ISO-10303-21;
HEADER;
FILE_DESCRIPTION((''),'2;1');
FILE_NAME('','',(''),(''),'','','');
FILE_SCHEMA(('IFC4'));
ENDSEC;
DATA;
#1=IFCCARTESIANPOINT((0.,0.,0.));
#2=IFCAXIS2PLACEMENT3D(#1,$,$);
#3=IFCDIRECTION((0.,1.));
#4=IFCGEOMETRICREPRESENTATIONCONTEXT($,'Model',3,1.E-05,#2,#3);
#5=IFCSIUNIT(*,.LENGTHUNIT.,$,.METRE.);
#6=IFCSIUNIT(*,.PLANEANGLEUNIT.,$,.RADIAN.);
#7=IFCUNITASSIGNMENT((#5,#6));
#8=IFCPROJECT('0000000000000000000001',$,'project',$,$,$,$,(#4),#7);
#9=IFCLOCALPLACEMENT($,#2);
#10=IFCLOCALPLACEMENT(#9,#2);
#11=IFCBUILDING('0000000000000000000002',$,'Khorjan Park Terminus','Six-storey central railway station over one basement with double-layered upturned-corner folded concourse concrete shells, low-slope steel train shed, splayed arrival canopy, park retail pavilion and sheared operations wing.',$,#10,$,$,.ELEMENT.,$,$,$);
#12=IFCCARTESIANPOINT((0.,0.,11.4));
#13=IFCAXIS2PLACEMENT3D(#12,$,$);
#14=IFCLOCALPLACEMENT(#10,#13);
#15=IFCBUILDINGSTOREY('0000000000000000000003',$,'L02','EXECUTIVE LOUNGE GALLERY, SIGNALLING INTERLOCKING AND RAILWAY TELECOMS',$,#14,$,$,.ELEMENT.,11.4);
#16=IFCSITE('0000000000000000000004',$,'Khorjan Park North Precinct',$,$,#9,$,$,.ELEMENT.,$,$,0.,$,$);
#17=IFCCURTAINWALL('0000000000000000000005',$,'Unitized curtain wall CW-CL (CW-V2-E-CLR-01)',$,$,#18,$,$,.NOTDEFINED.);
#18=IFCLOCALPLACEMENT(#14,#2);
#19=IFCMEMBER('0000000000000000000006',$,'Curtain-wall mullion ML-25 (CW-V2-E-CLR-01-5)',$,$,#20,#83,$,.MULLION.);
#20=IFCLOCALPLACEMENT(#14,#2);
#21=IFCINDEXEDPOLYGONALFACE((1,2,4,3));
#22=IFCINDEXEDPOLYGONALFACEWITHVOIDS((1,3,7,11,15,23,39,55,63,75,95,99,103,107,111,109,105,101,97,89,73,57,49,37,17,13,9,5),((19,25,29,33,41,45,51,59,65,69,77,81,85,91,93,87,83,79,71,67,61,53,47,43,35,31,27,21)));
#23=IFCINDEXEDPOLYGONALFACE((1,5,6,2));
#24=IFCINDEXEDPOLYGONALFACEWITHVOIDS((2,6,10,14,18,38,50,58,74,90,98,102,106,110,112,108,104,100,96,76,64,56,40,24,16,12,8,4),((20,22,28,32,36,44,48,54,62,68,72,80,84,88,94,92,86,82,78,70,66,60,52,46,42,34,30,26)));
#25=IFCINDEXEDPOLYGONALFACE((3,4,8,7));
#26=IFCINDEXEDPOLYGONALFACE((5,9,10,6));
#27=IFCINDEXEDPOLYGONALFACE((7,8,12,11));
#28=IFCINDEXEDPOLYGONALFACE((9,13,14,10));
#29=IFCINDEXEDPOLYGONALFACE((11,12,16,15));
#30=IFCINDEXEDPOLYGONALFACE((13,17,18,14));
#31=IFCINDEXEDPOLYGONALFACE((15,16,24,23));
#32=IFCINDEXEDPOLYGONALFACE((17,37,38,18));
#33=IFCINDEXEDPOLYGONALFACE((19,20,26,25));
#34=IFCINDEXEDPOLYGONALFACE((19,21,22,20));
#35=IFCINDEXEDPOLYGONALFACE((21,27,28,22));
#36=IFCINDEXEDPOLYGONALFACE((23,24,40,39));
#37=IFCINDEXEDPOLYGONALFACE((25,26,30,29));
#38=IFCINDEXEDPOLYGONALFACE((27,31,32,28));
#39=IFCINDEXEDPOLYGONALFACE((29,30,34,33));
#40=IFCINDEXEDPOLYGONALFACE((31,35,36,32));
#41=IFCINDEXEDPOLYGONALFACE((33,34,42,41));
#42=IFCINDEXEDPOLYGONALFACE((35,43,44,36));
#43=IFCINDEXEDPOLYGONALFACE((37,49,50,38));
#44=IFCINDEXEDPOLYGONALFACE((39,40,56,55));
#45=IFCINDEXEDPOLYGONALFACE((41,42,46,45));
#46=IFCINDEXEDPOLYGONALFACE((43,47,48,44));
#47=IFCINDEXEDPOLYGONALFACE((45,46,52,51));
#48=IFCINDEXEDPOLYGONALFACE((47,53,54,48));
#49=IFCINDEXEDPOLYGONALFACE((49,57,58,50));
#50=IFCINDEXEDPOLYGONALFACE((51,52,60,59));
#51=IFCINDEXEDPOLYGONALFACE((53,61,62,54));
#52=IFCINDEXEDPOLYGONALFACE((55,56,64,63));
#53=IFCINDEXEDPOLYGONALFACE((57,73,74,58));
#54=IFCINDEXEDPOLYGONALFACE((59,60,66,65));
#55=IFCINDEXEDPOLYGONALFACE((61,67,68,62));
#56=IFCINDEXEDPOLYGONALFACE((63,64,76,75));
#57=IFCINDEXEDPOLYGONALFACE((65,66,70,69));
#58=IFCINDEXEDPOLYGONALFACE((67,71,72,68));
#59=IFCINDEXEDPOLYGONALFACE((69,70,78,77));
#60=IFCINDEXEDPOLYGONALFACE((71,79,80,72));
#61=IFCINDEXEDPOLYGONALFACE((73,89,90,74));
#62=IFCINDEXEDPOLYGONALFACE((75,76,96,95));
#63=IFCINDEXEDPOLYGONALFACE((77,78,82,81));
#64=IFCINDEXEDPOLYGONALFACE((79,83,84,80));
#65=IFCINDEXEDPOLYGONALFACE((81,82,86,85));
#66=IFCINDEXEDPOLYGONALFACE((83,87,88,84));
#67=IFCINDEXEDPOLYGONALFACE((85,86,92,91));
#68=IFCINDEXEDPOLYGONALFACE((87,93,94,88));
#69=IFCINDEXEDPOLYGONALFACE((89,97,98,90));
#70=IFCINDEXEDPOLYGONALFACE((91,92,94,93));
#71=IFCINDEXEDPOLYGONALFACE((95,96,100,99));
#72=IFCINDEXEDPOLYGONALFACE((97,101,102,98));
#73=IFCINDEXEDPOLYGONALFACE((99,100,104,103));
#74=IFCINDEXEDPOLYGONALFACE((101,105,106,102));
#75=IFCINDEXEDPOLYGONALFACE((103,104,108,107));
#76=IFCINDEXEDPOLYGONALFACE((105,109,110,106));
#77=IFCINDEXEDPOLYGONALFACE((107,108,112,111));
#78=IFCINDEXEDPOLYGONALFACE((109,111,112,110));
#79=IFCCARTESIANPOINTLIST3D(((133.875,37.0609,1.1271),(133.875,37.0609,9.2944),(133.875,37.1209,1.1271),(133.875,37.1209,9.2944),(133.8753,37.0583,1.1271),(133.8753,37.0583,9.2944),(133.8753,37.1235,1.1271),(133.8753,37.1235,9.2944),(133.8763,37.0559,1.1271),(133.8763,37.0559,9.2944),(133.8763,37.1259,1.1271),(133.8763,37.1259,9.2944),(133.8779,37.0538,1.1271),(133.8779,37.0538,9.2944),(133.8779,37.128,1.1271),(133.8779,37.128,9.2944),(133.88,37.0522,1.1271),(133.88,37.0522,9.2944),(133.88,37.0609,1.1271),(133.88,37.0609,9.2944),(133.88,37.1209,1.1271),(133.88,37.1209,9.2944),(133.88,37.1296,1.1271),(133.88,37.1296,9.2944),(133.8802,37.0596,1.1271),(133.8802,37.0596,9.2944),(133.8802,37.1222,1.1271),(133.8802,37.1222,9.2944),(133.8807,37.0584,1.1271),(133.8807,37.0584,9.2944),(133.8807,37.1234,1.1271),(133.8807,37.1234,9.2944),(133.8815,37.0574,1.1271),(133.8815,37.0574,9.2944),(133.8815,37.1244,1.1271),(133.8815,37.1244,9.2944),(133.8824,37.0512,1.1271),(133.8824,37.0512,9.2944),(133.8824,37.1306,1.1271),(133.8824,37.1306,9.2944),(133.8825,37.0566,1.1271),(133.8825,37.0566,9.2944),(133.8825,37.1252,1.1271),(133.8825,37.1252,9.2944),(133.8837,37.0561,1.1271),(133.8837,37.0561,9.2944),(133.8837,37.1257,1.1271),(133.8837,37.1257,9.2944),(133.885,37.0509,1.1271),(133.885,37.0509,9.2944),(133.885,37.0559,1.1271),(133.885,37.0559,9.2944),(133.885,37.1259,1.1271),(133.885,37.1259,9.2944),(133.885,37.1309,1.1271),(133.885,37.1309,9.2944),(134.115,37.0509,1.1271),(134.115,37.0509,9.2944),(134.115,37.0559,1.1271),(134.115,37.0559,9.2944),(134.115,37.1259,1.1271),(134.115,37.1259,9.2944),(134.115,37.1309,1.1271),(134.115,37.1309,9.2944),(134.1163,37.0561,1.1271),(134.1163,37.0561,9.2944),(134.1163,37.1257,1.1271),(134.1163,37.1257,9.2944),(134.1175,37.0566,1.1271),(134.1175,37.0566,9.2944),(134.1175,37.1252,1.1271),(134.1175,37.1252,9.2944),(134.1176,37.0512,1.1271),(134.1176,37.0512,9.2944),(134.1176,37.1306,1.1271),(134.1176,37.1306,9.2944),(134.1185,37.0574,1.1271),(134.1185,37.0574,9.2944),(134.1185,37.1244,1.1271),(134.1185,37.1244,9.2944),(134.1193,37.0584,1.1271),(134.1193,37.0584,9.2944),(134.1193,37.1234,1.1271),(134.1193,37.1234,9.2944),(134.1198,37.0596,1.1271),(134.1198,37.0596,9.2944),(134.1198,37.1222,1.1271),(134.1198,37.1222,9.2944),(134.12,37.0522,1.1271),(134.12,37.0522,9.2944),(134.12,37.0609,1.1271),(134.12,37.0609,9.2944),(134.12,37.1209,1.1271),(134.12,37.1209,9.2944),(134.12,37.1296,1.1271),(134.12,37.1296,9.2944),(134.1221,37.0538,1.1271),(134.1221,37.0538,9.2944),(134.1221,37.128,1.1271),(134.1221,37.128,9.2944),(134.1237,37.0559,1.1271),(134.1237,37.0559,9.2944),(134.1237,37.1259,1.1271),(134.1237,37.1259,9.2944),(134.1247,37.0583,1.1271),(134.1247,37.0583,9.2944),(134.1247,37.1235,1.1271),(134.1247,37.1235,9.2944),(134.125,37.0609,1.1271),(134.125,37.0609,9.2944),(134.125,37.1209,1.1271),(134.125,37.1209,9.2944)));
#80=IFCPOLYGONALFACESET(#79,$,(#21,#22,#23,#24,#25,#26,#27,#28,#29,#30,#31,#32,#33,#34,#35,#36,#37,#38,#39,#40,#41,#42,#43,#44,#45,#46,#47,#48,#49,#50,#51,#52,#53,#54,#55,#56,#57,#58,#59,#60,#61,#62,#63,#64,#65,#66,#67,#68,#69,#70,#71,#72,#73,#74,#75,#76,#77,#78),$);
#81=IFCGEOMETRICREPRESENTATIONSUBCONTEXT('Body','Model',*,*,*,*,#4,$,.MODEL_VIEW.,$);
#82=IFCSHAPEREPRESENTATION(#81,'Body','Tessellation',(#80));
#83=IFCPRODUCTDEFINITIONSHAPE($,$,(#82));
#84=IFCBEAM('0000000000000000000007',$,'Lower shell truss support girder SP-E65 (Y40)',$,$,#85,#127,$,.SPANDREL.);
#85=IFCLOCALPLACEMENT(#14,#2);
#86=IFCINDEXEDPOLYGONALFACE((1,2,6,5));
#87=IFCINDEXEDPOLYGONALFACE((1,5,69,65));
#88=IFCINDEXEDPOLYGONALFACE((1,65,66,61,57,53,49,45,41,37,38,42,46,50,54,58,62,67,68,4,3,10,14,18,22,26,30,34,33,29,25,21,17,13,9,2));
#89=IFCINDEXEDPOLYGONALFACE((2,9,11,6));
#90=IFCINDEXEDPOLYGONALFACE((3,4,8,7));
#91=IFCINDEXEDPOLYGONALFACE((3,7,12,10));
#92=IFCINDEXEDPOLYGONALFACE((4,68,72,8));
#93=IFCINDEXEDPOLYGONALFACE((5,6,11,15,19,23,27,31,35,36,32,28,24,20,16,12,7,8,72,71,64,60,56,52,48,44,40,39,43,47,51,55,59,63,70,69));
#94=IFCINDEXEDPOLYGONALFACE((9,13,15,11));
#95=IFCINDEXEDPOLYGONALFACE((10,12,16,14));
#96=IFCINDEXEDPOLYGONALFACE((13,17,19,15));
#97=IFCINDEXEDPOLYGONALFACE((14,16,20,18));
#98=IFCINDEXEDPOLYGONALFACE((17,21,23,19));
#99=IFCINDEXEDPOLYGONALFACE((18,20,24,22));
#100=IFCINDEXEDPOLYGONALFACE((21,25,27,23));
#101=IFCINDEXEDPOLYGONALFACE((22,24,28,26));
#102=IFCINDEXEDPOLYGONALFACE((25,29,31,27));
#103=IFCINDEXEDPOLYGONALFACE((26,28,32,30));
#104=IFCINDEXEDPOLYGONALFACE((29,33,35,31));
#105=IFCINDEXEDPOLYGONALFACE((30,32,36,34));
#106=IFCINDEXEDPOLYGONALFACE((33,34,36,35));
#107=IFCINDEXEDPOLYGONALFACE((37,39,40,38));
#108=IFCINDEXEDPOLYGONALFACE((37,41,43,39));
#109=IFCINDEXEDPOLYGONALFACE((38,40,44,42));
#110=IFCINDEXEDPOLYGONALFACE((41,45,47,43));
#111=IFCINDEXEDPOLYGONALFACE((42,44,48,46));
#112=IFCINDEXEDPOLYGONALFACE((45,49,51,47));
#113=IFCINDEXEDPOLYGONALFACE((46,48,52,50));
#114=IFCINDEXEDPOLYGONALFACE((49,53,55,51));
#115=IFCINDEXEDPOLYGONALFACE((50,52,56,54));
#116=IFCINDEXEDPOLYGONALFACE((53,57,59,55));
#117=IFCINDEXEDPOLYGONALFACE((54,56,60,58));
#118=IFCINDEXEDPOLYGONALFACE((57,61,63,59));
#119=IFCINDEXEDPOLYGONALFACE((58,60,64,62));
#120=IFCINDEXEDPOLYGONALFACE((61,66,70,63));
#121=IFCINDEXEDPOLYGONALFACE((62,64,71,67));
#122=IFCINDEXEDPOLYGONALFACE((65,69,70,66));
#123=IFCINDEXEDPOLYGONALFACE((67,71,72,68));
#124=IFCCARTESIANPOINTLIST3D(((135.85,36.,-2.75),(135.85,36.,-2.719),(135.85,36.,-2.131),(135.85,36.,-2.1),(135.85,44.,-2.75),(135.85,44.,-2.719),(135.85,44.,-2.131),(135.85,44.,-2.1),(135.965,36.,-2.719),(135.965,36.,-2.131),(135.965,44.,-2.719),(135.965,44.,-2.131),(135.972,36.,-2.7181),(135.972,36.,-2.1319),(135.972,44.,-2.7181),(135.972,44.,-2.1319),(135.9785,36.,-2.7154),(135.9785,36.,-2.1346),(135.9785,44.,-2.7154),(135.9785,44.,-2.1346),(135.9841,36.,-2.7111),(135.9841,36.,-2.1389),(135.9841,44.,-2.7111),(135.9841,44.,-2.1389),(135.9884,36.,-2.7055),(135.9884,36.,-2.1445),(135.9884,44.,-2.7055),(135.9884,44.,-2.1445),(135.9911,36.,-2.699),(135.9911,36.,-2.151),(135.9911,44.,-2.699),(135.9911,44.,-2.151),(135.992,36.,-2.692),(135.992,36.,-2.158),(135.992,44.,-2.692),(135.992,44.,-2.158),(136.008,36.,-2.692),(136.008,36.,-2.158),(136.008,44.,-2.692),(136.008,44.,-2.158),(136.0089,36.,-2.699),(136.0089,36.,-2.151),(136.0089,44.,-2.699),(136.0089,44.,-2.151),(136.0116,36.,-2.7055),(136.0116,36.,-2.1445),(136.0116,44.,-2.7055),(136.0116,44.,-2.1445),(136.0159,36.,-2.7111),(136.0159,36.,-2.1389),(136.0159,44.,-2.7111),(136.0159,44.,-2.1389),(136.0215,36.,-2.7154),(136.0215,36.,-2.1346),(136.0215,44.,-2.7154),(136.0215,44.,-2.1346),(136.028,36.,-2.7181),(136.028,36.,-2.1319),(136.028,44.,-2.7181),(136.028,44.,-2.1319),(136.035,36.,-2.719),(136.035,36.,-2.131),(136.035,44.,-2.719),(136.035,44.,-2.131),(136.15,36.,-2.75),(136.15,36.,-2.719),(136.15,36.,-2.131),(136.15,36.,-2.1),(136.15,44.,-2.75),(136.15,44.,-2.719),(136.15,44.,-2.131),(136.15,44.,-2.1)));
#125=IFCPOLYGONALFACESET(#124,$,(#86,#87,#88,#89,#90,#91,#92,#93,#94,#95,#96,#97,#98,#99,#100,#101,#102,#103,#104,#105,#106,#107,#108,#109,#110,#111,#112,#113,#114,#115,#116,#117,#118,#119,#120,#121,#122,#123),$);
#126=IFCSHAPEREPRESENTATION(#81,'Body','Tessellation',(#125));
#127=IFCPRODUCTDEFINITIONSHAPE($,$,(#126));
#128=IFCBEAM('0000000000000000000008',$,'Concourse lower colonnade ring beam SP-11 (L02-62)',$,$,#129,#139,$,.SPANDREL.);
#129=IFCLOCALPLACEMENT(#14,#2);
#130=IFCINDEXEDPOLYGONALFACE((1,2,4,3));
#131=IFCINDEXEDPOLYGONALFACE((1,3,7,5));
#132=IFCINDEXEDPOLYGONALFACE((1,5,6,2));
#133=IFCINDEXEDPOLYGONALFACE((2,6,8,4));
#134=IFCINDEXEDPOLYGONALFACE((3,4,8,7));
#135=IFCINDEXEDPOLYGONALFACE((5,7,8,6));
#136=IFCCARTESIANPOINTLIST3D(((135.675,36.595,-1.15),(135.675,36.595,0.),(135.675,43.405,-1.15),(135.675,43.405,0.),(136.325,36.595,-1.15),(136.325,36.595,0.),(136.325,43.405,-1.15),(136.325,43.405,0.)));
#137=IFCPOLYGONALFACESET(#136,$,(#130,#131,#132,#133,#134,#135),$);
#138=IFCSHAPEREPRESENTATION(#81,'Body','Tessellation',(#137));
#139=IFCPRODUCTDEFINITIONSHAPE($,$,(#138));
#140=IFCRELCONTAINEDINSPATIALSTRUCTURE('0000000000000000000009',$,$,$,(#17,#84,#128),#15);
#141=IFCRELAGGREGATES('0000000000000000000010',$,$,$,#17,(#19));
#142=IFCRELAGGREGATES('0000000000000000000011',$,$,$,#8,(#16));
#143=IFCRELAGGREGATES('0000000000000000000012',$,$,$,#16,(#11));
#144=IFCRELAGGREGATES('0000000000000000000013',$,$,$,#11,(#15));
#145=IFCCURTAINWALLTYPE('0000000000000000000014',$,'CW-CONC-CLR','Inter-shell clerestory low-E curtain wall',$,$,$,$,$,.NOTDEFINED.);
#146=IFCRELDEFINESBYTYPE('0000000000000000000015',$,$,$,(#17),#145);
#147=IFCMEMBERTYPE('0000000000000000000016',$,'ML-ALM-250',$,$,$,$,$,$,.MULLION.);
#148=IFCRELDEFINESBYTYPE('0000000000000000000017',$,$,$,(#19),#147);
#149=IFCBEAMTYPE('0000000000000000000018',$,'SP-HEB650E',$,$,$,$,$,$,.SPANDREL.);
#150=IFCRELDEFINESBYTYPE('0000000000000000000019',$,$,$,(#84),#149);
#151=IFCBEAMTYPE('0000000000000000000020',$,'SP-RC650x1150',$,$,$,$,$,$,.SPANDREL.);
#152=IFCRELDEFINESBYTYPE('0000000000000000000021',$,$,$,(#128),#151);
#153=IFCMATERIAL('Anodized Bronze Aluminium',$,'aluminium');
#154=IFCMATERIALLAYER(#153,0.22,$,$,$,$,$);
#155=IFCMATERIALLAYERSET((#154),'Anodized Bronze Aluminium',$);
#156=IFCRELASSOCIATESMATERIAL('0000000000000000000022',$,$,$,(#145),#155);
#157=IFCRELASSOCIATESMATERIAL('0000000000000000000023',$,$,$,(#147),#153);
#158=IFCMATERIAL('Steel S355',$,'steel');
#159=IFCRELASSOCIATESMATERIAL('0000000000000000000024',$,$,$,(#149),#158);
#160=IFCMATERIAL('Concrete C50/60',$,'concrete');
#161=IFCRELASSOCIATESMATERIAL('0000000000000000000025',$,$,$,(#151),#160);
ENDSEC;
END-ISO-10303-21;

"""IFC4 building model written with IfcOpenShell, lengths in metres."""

from ifc_helpers import new_model, si_unit, direction, frame, origin, origin_2d, place, context, subcontext, project, spatial, rectangle, hollow_rectangle, i_section, extrude, material, layer, layer_set, material_profile, profile_set, type_object, element, aggregate, save


model = new_model("IFC4")

# Units and contexts
model_context = context("Model", 3, precision=1e-05, world=origin(), true_north=direction((0.0, 1.0)))
body_context = subcontext(model_context, "Body", "Model", "MODEL_VIEW")
ifc_project = project(units=[si_unit("LENGTHUNIT", "METRE"), si_unit("PLANEANGLEUNIT", "RADIAN")], contexts=[model_context])

# Site, building, storey
site_placement = place(None, origin())
site = spatial("IfcSite", under=ifc_project, at=site_placement, Name="Khorjan Park North Precinct", CompositionType="ELEMENT", RefElevation=0.0)
building_placement = place(site_placement, origin())
building = spatial("IfcBuilding", under=site, at=building_placement, Name="Khorjan Park Terminus", Description="Six-storey central railway station over one basement with double-layered upturned-corner folded concourse concrete shells, low-slope steel train shed, splayed arrival canopy, park retail pavilion and sheared operations wing.", CompositionType="ELEMENT")
storey_placement = place(building_placement, frame((0.0, 0.0, 11.4)))
storey = spatial("IfcBuildingStorey", under=building, at=storey_placement, Name="L02", Description="EXECUTIVE LOUNGE GALLERY, SIGNALLING INTERLOCKING AND RAILWAY TELECOMS", CompositionType="ELEMENT", Elevation=11.4)

# Shared definitions
ifc_material_1 = material(Name="Concrete C50/60", Category="concrete")

# Shared definitions
ifc_material_2 = material(Name="Steel S355", Category="steel")

# Curtain wall, member
ifc_material_3 = material(Name="Anodized Bronze Aluminium", Category="aluminium")
ifc_layer_1 = layer(ifc_material_3, 0.22)
ifc_layer_set_1 = layer_set([ifc_layer_1], Name="Anodized Bronze Aluminium")
curtain_wall_type = type_object("IfcCurtainWallType", Name="CW-CONC-CLR", Description="Inter-shell clerestory low-E curtain wall", PredefinedType="NOTDEFINED", material=ifc_layer_set_1)
curtain_wall_placement = place(storey_placement, origin())
curtain_wall = element("IfcCurtainWall", 1, at=curtain_wall_placement, inside=storey, type_object=curtain_wall_type, Name="Unitized curtain wall CW-CL (CW-V2-E-CLR-01)", PredefinedType="NOTDEFINED")
ifc_material_profile_1 = material_profile(ifc_material_3, hollow_rectangle(XDim=0.08, YDim=0.25, WallThickness=0.005, InnerFilletRadius=0.005, OuterFilletRadius=0.01, at=origin_2d()), Name="ALM 80x250x5")
ifc_profile_set_1 = profile_set([ifc_material_profile_1], Name="Anodized Bronze Aluminium")
member_type_1 = type_object("IfcMemberType", Name="ML-ALM-250", PredefinedType="MULLION", material=ifc_profile_set_1)
member_1_placement = place(storey_placement, frame((134.0, 37.0909, 1.1271), z_axis=(0.0, 0.0, 1.0), x_axis=(0.0, 1.0, 0.0)))
member_1 = element("IfcMember", 2, at=member_1_placement, type_object=member_type_1, Name="Curtain-wall mullion ML-25 (CW-V2-E-CLR-01-5)", PredefinedType="MULLION", context=body_context, shape_type="SweptSolid", body=[
    extrude(hollow_rectangle(XDim=0.08, YDim=0.25, WallThickness=0.005, InnerFilletRadius=0.005, OuterFilletRadius=0.01, at=origin_2d()), origin(), (0.0, 0.0, 1.0), 8.1673),
])

# Beams
ifc_material_profile_2 = material_profile(ifc_material_2, i_section(OverallWidth=0.3, OverallDepth=0.65, WebThickness=0.016, FlangeThickness=0.031, FilletRadius=0.027, at=origin_2d()), Name="HEB 650")
ifc_profile_set_2 = profile_set([ifc_material_profile_2], Name="Steel S355")
beam_type_1 = type_object("IfcBeamType", Name="SP-HEB650E", PredefinedType="SPANDREL", material=ifc_profile_set_2)
beam_1_placement = place(storey_placement, frame((136.0, 36.0, -2.425), z_axis=(0.0, 1.0, 0.0), x_axis=(-1.0, 0.0, 0.0)))
element("IfcBeam", 3, at=beam_1_placement, inside=storey, type_object=beam_type_1, Name="Lower shell truss support girder SP-E65 (Y40)", PredefinedType="SPANDREL", context=body_context, shape_type="SweptSolid", body=[
    extrude(i_section(OverallWidth=0.3, OverallDepth=0.65, WebThickness=0.016, FlangeThickness=0.031, FilletRadius=0.027, at=origin_2d()), origin(), (0.0, 0.0, 1.0), 8.0),
])
ifc_material_profile_3 = material_profile(ifc_material_1, rectangle(XDim=0.65, YDim=1.15, at=origin_2d()), Name="RC 650x1150")
ifc_profile_set_3 = profile_set([ifc_material_profile_3], Name="Concrete C50/60")
beam_type_2 = type_object("IfcBeamType", Name="SP-RC650x1150", PredefinedType="SPANDREL", material=ifc_profile_set_3)
beam_2_placement = place(storey_placement, frame((136.0, 36.595, -0.575), z_axis=(0.0, 1.0, 0.0), x_axis=(-1.0, 0.0, 0.0)))
element("IfcBeam", 4, at=beam_2_placement, inside=storey, type_object=beam_type_2, Name="Concourse lower colonnade ring beam SP-11 (L02-62)", PredefinedType="SPANDREL", context=body_context, shape_type="SweptSolid", body=[
    extrude(rectangle(XDim=0.65, YDim=1.15, at=origin_2d()), origin(), (0.0, 0.0, 1.0), 6.81),
])

aggregate(curtain_wall, [member_1])

save(model, "model.ifc")
